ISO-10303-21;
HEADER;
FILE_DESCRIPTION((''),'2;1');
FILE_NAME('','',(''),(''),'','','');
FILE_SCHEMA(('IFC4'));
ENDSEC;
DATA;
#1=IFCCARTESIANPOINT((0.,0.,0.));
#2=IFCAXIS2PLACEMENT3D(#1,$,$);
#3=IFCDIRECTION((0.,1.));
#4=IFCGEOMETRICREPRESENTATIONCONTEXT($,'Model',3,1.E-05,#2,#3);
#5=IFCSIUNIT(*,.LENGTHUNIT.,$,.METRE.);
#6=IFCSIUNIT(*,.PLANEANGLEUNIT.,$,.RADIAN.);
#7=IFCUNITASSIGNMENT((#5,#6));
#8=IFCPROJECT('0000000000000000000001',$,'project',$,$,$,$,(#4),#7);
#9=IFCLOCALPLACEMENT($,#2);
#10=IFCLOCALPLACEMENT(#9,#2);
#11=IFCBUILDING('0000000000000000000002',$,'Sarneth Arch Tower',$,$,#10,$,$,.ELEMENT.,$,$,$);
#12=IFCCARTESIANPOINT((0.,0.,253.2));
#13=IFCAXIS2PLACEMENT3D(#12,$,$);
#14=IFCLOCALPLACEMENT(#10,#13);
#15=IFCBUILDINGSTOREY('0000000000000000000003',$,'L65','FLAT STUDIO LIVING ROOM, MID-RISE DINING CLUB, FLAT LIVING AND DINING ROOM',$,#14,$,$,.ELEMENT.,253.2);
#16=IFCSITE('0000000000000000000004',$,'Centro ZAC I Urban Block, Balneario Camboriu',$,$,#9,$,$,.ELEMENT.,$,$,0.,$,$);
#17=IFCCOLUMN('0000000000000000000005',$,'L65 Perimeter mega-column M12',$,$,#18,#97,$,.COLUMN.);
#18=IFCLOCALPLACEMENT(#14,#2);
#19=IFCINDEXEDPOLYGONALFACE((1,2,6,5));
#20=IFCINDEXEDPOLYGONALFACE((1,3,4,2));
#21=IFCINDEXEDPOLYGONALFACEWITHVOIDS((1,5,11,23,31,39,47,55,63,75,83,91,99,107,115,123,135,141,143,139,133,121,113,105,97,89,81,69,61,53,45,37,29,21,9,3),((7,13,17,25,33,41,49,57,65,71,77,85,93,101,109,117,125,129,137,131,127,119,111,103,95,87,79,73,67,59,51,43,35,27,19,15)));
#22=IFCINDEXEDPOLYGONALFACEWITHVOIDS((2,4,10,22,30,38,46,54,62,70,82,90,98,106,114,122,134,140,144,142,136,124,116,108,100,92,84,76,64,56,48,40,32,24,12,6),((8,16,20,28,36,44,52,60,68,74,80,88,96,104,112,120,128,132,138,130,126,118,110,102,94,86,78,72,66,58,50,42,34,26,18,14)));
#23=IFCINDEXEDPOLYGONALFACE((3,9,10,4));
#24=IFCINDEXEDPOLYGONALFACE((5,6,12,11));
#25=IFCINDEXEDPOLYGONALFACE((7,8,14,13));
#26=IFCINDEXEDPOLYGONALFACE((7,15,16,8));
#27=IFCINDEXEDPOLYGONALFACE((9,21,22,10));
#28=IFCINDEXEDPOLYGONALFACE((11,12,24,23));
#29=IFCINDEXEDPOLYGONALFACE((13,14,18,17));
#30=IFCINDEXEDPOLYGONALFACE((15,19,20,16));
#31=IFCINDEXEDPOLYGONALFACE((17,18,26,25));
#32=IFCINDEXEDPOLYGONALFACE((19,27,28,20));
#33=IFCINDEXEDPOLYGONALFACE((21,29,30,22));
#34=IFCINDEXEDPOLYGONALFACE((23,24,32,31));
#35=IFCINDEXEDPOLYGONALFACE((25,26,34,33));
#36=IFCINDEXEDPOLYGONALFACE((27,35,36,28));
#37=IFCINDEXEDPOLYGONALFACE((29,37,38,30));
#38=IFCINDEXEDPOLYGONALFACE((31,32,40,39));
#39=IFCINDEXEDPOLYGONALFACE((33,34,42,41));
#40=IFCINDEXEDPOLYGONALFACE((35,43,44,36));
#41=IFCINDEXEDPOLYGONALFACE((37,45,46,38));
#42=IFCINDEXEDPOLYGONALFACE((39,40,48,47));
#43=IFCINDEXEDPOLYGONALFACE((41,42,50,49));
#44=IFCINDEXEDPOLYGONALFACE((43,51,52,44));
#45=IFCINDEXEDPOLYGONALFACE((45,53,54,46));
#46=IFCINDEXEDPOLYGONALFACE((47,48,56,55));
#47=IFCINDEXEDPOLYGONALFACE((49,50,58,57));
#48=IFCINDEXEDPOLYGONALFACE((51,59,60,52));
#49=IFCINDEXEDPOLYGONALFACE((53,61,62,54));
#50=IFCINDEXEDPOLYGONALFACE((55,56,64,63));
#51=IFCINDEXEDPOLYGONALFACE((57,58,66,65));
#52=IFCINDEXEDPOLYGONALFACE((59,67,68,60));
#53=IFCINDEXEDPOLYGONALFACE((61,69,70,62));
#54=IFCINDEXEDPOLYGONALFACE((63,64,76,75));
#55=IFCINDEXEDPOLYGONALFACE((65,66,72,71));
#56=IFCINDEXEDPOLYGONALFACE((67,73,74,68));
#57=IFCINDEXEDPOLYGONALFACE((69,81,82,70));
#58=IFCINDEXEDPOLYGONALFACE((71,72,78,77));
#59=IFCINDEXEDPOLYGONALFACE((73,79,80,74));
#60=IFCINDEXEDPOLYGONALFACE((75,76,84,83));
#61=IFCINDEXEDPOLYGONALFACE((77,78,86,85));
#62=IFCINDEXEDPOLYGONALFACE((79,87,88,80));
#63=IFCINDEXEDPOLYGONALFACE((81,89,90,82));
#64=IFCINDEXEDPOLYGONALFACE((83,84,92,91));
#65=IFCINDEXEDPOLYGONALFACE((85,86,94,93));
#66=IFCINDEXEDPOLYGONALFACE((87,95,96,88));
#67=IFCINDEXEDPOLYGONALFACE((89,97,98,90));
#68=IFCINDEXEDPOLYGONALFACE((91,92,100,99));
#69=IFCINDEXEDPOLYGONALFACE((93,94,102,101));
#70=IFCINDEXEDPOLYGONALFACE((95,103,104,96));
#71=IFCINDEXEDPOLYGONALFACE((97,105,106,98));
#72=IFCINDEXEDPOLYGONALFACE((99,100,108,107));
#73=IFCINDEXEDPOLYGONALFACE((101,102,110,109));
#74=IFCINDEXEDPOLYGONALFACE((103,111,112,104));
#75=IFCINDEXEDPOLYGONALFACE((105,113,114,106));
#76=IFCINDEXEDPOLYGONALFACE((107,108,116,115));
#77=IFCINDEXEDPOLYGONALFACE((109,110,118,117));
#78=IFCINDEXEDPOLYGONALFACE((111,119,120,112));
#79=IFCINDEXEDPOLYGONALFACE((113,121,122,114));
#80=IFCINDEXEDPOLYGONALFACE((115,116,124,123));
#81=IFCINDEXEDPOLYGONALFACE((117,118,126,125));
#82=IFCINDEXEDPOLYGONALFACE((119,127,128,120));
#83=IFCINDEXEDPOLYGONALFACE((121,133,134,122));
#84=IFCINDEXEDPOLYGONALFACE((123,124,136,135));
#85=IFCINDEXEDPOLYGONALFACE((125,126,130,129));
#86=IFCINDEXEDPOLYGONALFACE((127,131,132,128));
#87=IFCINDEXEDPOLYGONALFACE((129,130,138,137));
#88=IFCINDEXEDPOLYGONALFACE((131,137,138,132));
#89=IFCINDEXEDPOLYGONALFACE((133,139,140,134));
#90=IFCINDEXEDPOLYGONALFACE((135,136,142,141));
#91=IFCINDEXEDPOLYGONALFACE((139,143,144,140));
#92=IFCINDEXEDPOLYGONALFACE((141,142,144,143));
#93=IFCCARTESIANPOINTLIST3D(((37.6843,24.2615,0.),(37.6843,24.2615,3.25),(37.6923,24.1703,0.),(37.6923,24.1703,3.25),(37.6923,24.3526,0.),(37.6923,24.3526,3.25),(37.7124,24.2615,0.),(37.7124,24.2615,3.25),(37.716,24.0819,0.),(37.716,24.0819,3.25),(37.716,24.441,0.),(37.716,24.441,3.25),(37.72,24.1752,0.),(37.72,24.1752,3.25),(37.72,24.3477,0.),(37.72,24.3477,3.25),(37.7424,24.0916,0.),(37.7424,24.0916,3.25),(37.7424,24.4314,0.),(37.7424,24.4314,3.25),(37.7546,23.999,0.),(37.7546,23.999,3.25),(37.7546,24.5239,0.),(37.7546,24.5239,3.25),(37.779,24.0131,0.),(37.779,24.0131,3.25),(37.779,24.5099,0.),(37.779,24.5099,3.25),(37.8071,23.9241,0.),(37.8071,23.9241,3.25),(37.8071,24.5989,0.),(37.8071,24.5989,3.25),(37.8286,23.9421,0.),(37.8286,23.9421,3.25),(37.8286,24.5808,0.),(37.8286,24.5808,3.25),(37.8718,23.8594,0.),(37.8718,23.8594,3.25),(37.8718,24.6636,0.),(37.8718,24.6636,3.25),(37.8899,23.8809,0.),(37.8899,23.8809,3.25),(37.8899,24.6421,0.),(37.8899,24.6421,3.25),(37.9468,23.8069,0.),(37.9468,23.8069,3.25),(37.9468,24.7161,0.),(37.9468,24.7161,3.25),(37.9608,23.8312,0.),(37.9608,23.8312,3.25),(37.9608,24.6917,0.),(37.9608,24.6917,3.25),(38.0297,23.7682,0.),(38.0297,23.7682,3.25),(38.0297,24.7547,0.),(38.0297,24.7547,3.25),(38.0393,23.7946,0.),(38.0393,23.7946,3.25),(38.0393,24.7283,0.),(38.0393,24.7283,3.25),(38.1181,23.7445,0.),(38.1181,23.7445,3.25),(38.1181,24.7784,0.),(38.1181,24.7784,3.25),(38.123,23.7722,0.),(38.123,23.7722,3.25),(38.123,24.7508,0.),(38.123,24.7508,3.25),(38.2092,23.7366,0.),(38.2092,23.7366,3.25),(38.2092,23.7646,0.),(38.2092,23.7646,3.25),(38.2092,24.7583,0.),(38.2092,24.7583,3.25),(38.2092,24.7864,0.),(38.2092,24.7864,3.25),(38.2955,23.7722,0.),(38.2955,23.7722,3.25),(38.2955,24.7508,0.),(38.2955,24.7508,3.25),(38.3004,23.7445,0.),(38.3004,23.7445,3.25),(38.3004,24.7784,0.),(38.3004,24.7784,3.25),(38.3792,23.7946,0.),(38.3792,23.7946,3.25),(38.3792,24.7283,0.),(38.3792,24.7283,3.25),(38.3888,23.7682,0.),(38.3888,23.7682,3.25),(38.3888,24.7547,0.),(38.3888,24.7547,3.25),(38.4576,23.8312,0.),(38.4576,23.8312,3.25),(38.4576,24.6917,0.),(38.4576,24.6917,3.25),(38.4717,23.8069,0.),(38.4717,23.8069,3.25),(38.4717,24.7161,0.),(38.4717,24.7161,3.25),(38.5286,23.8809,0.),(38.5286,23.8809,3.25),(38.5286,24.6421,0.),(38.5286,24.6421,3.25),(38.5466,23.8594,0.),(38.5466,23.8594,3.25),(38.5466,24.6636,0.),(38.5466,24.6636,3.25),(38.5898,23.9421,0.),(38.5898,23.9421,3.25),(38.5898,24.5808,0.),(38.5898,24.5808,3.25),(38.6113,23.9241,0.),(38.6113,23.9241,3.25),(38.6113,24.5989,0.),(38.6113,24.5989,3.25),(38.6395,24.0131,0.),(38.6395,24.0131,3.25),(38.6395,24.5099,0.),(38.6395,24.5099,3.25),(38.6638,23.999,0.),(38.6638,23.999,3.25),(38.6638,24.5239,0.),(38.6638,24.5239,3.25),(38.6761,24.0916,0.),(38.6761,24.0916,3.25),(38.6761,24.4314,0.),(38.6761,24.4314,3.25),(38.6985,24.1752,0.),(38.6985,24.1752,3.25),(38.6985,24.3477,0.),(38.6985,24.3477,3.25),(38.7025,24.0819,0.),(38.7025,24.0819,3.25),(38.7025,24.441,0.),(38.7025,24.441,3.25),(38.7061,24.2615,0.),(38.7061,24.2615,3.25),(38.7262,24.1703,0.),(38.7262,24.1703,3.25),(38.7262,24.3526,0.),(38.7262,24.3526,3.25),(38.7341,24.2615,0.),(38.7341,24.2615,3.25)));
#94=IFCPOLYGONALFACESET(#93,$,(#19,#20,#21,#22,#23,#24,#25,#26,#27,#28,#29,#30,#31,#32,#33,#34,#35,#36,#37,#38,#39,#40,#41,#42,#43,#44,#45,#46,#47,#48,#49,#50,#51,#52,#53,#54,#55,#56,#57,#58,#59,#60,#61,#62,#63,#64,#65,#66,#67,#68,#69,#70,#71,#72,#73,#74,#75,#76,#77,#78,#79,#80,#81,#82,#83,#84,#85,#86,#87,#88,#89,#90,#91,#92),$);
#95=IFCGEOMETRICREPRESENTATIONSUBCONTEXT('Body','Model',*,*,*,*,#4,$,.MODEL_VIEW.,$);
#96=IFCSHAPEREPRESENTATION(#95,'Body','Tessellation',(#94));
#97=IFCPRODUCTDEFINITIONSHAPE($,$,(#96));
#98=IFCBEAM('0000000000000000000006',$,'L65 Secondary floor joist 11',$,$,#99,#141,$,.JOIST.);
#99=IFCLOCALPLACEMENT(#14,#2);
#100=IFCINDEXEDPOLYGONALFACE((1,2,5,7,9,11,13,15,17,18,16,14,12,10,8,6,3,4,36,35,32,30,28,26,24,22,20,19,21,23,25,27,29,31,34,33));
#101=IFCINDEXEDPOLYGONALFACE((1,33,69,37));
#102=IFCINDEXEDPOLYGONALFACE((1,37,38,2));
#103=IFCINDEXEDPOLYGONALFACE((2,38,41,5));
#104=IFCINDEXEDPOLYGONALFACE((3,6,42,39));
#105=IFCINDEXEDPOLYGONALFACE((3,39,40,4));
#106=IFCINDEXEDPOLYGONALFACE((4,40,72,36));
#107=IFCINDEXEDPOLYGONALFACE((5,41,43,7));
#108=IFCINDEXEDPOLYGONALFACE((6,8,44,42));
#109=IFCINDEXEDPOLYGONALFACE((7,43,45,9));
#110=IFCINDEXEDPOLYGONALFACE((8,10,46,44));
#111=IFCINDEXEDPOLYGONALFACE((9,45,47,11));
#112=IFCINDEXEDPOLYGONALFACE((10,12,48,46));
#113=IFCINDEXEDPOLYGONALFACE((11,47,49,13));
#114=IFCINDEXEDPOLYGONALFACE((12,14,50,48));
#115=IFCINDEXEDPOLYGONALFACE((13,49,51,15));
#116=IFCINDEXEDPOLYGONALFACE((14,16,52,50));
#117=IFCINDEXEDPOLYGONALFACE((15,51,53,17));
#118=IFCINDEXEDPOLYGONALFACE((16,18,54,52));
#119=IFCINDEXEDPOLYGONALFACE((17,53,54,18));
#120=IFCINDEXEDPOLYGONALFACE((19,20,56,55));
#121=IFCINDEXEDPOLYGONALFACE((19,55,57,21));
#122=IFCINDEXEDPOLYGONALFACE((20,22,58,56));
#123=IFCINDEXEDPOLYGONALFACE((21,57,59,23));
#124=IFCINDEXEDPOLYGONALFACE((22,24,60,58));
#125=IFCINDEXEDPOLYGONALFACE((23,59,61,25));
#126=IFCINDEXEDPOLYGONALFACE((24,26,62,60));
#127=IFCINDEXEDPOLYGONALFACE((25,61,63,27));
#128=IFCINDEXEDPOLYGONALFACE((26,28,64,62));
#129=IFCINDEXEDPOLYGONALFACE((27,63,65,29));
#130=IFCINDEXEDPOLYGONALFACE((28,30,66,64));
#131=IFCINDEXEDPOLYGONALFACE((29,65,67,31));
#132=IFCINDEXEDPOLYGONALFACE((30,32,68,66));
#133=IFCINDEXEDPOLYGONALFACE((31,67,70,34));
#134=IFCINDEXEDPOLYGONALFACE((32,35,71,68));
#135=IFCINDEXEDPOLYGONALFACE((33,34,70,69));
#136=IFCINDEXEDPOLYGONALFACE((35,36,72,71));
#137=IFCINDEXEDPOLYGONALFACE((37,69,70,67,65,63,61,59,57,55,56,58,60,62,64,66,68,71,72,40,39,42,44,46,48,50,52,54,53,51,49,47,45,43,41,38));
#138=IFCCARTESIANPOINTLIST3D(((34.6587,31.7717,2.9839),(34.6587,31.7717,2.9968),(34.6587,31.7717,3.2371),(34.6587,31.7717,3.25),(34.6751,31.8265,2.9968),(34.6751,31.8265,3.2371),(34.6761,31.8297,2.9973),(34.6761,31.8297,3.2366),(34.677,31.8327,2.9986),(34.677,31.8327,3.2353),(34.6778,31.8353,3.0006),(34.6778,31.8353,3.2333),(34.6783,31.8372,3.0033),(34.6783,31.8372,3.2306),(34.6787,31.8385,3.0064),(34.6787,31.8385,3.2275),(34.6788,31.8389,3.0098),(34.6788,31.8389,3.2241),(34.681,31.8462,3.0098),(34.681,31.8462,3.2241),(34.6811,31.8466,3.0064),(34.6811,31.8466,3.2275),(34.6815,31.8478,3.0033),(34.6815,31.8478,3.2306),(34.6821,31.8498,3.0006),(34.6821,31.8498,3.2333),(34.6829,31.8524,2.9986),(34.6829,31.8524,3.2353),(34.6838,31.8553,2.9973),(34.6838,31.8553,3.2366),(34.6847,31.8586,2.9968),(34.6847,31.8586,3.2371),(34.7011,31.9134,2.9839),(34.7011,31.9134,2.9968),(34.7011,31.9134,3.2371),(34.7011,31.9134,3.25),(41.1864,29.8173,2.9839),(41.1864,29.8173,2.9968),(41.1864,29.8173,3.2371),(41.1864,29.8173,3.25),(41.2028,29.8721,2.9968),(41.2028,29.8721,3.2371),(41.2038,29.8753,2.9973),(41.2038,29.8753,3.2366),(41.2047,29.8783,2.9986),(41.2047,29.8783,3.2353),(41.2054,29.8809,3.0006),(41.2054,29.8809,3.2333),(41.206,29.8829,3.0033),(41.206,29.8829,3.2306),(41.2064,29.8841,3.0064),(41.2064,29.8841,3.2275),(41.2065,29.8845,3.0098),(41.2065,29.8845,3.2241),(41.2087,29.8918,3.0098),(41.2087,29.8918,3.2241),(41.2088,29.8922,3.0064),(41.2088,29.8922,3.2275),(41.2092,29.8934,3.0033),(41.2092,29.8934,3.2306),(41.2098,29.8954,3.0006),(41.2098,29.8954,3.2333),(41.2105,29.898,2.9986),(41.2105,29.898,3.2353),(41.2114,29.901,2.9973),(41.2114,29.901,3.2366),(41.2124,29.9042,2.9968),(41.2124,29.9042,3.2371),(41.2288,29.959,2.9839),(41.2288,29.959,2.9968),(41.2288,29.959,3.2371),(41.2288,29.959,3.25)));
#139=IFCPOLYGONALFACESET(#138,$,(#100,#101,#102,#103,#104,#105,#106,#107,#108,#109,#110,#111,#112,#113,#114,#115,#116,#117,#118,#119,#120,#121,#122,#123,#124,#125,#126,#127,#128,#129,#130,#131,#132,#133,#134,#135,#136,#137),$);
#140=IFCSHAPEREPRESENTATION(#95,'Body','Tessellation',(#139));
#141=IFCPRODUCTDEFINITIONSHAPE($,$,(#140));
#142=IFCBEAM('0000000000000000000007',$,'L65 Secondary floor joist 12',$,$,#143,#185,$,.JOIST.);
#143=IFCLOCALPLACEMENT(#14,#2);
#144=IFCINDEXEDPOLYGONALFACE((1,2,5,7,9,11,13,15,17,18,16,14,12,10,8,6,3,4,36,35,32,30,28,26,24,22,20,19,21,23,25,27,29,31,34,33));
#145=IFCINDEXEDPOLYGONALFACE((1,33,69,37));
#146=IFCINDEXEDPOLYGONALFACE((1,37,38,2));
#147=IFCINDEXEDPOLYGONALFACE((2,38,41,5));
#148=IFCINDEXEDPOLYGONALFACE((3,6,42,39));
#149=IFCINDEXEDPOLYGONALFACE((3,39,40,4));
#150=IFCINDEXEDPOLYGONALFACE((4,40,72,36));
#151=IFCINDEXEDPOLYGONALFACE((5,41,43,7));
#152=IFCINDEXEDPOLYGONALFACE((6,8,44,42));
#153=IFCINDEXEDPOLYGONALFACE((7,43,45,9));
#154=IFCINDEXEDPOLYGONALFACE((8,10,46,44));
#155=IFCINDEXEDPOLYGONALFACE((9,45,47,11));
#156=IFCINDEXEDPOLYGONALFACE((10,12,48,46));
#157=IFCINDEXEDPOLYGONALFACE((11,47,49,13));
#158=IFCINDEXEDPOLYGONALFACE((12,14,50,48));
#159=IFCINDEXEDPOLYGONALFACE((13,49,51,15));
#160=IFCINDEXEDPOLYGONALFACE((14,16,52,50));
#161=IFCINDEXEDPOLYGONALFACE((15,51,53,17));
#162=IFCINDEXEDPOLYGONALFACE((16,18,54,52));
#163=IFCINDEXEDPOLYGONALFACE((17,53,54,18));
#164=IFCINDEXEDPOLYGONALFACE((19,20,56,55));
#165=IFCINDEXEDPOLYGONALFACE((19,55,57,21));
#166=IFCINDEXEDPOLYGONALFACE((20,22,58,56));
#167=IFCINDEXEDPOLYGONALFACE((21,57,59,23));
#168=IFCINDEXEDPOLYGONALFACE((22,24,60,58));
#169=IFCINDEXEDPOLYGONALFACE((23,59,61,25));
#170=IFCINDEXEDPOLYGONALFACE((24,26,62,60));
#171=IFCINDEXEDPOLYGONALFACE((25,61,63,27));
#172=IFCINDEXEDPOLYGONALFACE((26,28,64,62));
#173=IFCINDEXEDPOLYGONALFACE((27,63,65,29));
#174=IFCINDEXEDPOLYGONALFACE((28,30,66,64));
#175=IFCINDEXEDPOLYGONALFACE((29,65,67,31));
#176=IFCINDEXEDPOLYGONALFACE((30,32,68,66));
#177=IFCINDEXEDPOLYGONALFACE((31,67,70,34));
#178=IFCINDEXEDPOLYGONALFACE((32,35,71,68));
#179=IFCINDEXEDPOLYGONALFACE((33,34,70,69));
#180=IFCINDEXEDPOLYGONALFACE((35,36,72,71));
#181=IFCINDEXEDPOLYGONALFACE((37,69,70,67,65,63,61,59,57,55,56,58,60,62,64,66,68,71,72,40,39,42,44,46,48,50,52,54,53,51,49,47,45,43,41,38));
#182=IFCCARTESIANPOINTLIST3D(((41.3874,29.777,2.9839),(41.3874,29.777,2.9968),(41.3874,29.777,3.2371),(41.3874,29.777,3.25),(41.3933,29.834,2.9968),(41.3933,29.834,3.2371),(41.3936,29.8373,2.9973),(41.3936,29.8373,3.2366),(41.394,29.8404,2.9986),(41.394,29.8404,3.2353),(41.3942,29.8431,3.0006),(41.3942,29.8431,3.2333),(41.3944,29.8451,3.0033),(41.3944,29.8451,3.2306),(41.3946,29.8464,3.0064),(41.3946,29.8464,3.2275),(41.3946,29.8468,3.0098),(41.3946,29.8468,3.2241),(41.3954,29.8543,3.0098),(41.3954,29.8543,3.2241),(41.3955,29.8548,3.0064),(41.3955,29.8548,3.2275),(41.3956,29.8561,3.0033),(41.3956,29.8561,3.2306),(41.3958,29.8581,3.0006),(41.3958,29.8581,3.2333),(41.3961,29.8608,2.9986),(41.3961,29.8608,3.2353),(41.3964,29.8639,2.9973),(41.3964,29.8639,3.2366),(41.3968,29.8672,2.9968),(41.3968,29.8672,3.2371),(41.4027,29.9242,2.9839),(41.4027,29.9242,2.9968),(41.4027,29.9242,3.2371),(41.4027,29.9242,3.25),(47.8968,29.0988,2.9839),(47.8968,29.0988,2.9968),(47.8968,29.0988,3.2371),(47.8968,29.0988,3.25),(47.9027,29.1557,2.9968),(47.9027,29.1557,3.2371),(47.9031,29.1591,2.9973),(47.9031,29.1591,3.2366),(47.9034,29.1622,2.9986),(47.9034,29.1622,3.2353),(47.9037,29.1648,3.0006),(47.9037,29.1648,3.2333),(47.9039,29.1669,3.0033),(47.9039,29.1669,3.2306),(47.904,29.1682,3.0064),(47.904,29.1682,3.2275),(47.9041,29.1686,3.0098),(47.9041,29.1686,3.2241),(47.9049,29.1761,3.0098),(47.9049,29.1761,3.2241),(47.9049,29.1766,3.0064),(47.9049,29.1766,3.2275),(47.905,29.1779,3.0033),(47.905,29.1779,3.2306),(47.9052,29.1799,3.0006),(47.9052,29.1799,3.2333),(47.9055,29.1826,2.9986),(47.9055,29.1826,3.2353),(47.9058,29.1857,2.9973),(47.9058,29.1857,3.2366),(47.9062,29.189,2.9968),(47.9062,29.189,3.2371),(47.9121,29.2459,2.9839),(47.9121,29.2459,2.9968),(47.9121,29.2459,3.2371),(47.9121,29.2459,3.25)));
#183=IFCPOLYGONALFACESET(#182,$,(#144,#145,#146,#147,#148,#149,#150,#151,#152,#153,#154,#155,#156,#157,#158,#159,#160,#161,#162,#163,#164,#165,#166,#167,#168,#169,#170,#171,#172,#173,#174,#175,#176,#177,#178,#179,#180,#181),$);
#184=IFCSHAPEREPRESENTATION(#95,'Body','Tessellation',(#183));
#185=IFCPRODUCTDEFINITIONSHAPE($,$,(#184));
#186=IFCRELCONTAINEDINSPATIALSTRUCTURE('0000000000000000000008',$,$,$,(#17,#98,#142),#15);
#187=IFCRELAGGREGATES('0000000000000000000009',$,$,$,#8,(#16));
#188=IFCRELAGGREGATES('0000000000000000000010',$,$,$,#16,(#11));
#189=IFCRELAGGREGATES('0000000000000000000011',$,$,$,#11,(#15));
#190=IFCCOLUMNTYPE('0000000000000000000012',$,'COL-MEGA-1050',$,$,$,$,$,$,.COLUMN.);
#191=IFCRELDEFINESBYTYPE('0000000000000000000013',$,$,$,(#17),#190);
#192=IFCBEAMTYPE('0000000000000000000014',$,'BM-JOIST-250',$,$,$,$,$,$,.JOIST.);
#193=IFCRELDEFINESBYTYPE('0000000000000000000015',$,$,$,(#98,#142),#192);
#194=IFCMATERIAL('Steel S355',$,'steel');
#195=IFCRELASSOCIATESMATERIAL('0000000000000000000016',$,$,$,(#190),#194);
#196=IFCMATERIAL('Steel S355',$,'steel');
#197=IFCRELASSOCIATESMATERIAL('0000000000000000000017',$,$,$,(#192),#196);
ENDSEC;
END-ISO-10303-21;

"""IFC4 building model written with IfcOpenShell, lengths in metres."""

from ifc_helpers import new_model, si_unit, direction, frame, origin, origin_2d, place, context, subcontext, project, spatial, hollow_circle, i_section, extrude, material, material_profile, profile_set, type_object, element, save


model = new_model("IFC4")

# Units and contexts
model_context = context("Model", 3, precision=1e-05, world=origin(), true_north=direction((0.0, 1.0)))
body_context = subcontext(model_context, "Body", "Model", "MODEL_VIEW")
ifc_project = project(units=[si_unit("LENGTHUNIT", "METRE"), si_unit("PLANEANGLEUNIT", "RADIAN")], contexts=[model_context])

# Site, building, storey
site_placement = place(None, origin())
site = spatial("IfcSite", under=ifc_project, at=site_placement, Name="Centro ZAC I Urban Block, Balneario Camboriu", CompositionType="ELEMENT", RefElevation=0.0)
building_placement = place(site_placement, origin())
building = spatial("IfcBuilding", under=site, at=building_placement, Name="Sarneth Arch Tower", CompositionType="ELEMENT")
storey_placement = place(building_placement, frame((0.0, 0.0, 253.2)))
storey = spatial("IfcBuildingStorey", under=building, at=storey_placement, Name="L65", Description="FLAT STUDIO LIVING ROOM, MID-RISE DINING CLUB, FLAT LIVING AND DINING ROOM", CompositionType="ELEMENT", Elevation=253.2)

# Column
ifc_material_1 = material(Name="Steel S355", Category="steel")
ifc_material_profile_1 = material_profile(ifc_material_1, hollow_circle(Radius=0.5249, WallThickness=0.0281, at=origin_2d()), Name="CHS1050x28")
ifc_profile_set_1 = profile_set([ifc_material_profile_1], Name="Steel S355")
column_type = type_object("IfcColumnType", Name="COL-MEGA-1050", PredefinedType="COLUMN", material=ifc_profile_set_1)
column_placement = place(storey_placement, frame((38.2092, 24.2615, 0.0), z_axis=(0.0, 0.0, 1.0), x_axis=(1.0, 0.0, 0.0)))
element("IfcColumn", 1, at=column_placement, inside=storey, type_object=column_type, Name="L65 Perimeter mega-column M12", PredefinedType="COLUMN", context=body_context, shape_type="SweptSolid", body=[
    extrude(hollow_circle(Radius=0.5249, WallThickness=0.0281, at=origin_2d()), origin(), (0.0, 0.0, 1.0), 3.25),
])

# Beams
ifc_material_2 = material(Name="Steel S355", Category="steel")
ifc_material_profile_2 = material_profile(ifc_material_2, i_section(OverallWidth=0.1479, OverallDepth=0.2661, WebThickness=0.0076, FlangeThickness=0.0129, FilletRadius=0.0129, at=origin_2d()), Name="W250x44.8")
ifc_profile_set_2 = profile_set([ifc_material_profile_2], Name="Steel S355")
beam_type_1 = type_object("IfcBeamType", Name="BM-JOIST-250", PredefinedType="JOIST", material=ifc_profile_set_2)
beam_1_placement = place(storey_placement, frame((34.6799, 31.8425, 3.1169), z_axis=(0.957985, -0.286819, 0.0), x_axis=(0.286819, 0.957985, 0.0)))
element("IfcBeam", 2, at=beam_1_placement, inside=storey, type_object=beam_type_1, Name="L65 Secondary floor joist 11", PredefinedType="JOIST", context=body_context, shape_type="SweptSolid", body=[
    extrude(i_section(OverallWidth=0.1479, OverallDepth=0.2661, WebThickness=0.0076, FlangeThickness=0.0129, FilletRadius=0.0129, at=origin_2d()), origin(), (0.0, 0.0, 1.0), 6.814),
])
beam_2_placement = place(storey_placement, frame((41.395, 29.8506, 3.1169), z_axis=(0.994616, -0.103628, 0.0), x_axis=(0.103628, 0.994616, 0.0)))
element("IfcBeam", 3, at=beam_2_placement, inside=storey, type_object=beam_type_1, Name="L65 Secondary floor joist 12", PredefinedType="JOIST", context=body_context, shape_type="SweptSolid", body=[
    extrude(i_section(OverallWidth=0.1479, OverallDepth=0.2661, WebThickness=0.0076, FlangeThickness=0.0129, FilletRadius=0.0129, at=origin_2d()), origin(), (0.0, 0.0, 1.0), 6.5447),
])

save(model, "model.ifc")
